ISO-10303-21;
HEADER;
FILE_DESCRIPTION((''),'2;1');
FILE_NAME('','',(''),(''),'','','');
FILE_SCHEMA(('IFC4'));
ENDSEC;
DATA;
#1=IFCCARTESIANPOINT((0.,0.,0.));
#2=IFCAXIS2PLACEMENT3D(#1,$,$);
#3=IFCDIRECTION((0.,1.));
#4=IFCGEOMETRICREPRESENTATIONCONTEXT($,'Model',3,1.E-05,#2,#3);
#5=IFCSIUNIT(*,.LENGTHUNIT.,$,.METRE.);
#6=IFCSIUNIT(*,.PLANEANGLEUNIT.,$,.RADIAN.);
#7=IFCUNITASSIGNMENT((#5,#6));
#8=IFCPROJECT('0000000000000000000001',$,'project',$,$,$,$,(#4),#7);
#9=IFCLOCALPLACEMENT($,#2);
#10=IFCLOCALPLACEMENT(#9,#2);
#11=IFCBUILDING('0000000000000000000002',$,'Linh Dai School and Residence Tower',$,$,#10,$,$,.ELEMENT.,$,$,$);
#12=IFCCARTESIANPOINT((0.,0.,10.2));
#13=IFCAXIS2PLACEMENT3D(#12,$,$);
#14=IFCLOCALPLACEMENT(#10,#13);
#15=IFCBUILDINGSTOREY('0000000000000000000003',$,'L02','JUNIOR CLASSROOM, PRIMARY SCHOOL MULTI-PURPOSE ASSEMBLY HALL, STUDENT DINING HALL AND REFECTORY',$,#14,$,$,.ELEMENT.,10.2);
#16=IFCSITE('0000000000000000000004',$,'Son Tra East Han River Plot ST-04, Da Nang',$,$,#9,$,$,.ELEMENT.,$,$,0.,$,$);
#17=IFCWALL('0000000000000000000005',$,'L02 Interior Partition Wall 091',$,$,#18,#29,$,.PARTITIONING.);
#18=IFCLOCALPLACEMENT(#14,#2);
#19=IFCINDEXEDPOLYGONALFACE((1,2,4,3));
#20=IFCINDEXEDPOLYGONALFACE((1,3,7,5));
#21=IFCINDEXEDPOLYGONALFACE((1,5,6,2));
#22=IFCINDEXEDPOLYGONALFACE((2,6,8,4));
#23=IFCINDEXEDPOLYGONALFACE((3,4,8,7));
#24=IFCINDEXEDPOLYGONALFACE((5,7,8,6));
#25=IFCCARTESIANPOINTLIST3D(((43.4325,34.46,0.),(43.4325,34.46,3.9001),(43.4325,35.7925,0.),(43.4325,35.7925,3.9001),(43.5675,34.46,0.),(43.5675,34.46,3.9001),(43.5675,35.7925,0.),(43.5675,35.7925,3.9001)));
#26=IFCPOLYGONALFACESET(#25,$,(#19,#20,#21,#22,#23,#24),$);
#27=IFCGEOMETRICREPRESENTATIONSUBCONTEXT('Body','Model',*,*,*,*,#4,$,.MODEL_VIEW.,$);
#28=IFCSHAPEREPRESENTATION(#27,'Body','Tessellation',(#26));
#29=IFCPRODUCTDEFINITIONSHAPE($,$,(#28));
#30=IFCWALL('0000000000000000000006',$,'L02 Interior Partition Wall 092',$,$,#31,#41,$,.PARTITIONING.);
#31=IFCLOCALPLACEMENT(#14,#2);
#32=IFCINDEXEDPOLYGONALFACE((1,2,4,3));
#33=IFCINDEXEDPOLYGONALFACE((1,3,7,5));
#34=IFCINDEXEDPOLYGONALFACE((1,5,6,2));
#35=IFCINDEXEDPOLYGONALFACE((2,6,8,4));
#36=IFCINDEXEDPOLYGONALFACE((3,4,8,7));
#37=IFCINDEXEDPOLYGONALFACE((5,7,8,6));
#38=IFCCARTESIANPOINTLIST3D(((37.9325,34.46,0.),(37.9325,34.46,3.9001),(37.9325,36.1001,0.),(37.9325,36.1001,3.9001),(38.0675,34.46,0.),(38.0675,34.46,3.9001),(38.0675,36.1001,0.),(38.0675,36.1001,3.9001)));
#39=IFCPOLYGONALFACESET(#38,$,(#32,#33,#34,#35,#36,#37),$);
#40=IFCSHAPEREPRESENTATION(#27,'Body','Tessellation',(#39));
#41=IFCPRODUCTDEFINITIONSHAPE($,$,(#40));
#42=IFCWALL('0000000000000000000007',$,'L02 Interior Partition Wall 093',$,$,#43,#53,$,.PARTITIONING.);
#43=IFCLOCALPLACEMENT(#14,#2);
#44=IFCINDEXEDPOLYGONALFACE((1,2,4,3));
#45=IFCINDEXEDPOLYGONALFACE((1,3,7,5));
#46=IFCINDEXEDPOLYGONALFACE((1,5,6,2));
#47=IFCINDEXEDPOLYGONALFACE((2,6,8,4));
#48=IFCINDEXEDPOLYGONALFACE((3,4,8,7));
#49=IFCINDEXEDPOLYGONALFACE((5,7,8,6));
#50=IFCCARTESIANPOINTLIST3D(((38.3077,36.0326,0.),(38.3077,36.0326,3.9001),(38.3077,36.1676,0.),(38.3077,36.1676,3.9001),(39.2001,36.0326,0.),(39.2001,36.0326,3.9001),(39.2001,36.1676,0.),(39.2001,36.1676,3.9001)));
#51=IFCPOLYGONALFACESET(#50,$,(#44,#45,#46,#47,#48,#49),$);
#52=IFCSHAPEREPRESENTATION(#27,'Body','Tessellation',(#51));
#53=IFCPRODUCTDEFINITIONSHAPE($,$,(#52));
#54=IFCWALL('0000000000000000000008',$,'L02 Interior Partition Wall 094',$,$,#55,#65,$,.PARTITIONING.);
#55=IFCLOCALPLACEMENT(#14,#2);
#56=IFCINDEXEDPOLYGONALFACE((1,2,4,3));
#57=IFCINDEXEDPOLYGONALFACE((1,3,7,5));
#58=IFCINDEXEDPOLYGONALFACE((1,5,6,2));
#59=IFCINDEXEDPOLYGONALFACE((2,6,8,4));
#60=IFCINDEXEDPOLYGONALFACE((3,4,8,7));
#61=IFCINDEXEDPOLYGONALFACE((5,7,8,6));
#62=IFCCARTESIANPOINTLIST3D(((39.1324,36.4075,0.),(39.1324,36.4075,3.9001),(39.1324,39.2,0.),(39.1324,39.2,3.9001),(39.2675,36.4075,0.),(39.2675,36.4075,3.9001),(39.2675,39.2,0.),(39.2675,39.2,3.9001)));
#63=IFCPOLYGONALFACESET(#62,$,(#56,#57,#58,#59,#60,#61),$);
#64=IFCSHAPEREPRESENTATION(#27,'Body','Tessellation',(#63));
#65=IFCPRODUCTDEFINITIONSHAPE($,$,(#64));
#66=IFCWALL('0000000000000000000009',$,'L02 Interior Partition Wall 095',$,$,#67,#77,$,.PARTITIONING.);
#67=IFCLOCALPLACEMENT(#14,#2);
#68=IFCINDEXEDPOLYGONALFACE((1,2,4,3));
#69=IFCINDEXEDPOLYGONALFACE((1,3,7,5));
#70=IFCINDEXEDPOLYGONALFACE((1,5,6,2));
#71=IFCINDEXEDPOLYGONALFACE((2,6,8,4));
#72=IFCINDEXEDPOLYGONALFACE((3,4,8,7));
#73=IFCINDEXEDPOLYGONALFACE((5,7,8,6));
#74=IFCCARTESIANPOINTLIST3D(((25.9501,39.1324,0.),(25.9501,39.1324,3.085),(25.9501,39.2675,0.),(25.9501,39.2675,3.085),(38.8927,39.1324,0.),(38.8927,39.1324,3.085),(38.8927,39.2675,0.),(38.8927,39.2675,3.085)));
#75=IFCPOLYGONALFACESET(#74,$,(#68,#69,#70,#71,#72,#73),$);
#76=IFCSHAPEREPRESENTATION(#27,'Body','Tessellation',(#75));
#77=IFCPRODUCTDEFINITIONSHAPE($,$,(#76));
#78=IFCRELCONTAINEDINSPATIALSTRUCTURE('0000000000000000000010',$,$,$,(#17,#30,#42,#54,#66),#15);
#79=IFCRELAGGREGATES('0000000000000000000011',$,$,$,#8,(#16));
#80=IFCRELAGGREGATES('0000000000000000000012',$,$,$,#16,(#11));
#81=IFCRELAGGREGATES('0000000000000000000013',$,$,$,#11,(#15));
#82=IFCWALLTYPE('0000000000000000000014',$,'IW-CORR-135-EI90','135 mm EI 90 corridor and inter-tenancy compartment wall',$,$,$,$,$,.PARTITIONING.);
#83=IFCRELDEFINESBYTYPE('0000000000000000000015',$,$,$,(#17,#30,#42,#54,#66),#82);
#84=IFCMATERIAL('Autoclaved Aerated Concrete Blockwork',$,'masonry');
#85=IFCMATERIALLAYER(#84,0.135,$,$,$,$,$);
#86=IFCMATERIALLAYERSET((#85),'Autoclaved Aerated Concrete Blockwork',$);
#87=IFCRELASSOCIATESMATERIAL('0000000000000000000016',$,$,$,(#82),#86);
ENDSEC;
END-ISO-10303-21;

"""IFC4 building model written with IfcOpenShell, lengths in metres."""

from ifc_helpers import new_model, si_unit, direction, frame, frame_2d, origin, place, context, subcontext, project, spatial, rectangle, extrude, material, layer, layer_set, type_object, element, save


model = new_model("IFC4")

# Units and contexts
model_context = context("Model", 3, precision=1e-05, world=origin(), true_north=direction((0.0, 1.0)))
body_context = subcontext(model_context, "Body", "Model", "MODEL_VIEW")
ifc_project = project(units=[si_unit("LENGTHUNIT", "METRE"), si_unit("PLANEANGLEUNIT", "RADIAN")], contexts=[model_context])

# Site, building, storey
site_placement = place(None, origin())
site = spatial("IfcSite", under=ifc_project, at=site_placement, Name="Son Tra East Han River Plot ST-04, Da Nang", CompositionType="ELEMENT", RefElevation=0.0)
building_placement = place(site_placement, origin())
building = spatial("IfcBuilding", under=site, at=building_placement, Name="Linh Dai School and Residence Tower", CompositionType="ELEMENT")
storey_placement = place(building_placement, frame((0.0, 0.0, 10.2)))
storey = spatial("IfcBuildingStorey", under=building, at=storey_placement, Name="L02", Description="JUNIOR CLASSROOM, PRIMARY SCHOOL MULTI-PURPOSE ASSEMBLY HALL, STUDENT DINING HALL AND REFECTORY", CompositionType="ELEMENT", Elevation=10.2)

# Walls
ifc_material_1 = material(Name="Autoclaved Aerated Concrete Blockwork", Category="masonry")
ifc_layer_1 = layer(ifc_material_1, 0.135)
ifc_layer_set_1 = layer_set([ifc_layer_1], Name="Autoclaved Aerated Concrete Blockwork")
wall_type_1 = type_object("IfcWallType", Name="IW-CORR-135-EI90", Description="135 mm EI 90 corridor and inter-tenancy compartment wall", PredefinedType="PARTITIONING", material=ifc_layer_set_1)
wall_1_placement = place(storey_placement, frame((43.5, 35.7925, 0.0), z_axis=(0.0, 0.0, 1.0), x_axis=(0.0, -1.0, 0.0)))
element("IfcWall", 1, at=wall_1_placement, inside=storey, type_object=wall_type_1, Name="L02 Interior Partition Wall 091", PredefinedType="PARTITIONING", context=body_context, shape_type="SweptSolid", body=[
    extrude(rectangle(XDim=1.3325, YDim=0.135, at=frame_2d((0.6663, 0.0))), origin(), (0.0, 0.0, 1.0), 3.9001),
])
wall_2_placement = place(storey_placement, frame((38.0, 34.46, 0.0), z_axis=(0.0, 0.0, 1.0), x_axis=(0.0, 1.0, 0.0)))
element("IfcWall", 2, at=wall_2_placement, inside=storey, type_object=wall_type_1, Name="L02 Interior Partition Wall 092", PredefinedType="PARTITIONING", context=body_context, shape_type="SweptSolid", body=[
    extrude(rectangle(XDim=1.6401, YDim=0.135, at=frame_2d((0.8201, 0.0))), origin(), (0.0, 0.0, 1.0), 3.9001),
])
wall_3_placement = place(storey_placement, frame((38.3076, 36.1001, 0.0), z_axis=(0.0, 0.0, 1.0), x_axis=(1.0, 0.0, 0.0)))
element("IfcWall", 3, at=wall_3_placement, inside=storey, type_object=wall_type_1, Name="L02 Interior Partition Wall 093", PredefinedType="PARTITIONING", context=body_context, shape_type="SweptSolid", body=[
    extrude(rectangle(XDim=0.8923, YDim=0.135, at=frame_2d((0.4463, 0.0))), origin(), (0.0, 0.0, 1.0), 3.9001),
])
wall_4_placement = place(storey_placement, frame((39.2, 36.4075, 0.0), z_axis=(0.0, 0.0, 1.0), x_axis=(0.0, 1.0, 0.0)))
element("IfcWall", 4, at=wall_4_placement, inside=storey, type_object=wall_type_1, Name="L02 Interior Partition Wall 094", PredefinedType="PARTITIONING", context=body_context, shape_type="SweptSolid", body=[
    extrude(rectangle(XDim=2.7925, YDim=0.135, at=frame_2d((1.3962, 0.0))), origin(), (0.0, 0.0, 1.0), 3.9001),
])
wall_5_placement = place(storey_placement, frame((38.8926, 39.2, 0.0), z_axis=(0.0, 0.0, 1.0), x_axis=(-1.0, 0.0, 0.0)))
element("IfcWall", 5, at=wall_5_placement, inside=storey, type_object=wall_type_1, Name="L02 Interior Partition Wall 095", PredefinedType="PARTITIONING", context=body_context, shape_type="SweptSolid", body=[
    extrude(rectangle(XDim=12.9426, YDim=0.135, at=frame_2d((6.4712, 0.0))), origin(), (0.0, 0.0, 1.0), 3.085),
])

save(model, "model.ifc")
